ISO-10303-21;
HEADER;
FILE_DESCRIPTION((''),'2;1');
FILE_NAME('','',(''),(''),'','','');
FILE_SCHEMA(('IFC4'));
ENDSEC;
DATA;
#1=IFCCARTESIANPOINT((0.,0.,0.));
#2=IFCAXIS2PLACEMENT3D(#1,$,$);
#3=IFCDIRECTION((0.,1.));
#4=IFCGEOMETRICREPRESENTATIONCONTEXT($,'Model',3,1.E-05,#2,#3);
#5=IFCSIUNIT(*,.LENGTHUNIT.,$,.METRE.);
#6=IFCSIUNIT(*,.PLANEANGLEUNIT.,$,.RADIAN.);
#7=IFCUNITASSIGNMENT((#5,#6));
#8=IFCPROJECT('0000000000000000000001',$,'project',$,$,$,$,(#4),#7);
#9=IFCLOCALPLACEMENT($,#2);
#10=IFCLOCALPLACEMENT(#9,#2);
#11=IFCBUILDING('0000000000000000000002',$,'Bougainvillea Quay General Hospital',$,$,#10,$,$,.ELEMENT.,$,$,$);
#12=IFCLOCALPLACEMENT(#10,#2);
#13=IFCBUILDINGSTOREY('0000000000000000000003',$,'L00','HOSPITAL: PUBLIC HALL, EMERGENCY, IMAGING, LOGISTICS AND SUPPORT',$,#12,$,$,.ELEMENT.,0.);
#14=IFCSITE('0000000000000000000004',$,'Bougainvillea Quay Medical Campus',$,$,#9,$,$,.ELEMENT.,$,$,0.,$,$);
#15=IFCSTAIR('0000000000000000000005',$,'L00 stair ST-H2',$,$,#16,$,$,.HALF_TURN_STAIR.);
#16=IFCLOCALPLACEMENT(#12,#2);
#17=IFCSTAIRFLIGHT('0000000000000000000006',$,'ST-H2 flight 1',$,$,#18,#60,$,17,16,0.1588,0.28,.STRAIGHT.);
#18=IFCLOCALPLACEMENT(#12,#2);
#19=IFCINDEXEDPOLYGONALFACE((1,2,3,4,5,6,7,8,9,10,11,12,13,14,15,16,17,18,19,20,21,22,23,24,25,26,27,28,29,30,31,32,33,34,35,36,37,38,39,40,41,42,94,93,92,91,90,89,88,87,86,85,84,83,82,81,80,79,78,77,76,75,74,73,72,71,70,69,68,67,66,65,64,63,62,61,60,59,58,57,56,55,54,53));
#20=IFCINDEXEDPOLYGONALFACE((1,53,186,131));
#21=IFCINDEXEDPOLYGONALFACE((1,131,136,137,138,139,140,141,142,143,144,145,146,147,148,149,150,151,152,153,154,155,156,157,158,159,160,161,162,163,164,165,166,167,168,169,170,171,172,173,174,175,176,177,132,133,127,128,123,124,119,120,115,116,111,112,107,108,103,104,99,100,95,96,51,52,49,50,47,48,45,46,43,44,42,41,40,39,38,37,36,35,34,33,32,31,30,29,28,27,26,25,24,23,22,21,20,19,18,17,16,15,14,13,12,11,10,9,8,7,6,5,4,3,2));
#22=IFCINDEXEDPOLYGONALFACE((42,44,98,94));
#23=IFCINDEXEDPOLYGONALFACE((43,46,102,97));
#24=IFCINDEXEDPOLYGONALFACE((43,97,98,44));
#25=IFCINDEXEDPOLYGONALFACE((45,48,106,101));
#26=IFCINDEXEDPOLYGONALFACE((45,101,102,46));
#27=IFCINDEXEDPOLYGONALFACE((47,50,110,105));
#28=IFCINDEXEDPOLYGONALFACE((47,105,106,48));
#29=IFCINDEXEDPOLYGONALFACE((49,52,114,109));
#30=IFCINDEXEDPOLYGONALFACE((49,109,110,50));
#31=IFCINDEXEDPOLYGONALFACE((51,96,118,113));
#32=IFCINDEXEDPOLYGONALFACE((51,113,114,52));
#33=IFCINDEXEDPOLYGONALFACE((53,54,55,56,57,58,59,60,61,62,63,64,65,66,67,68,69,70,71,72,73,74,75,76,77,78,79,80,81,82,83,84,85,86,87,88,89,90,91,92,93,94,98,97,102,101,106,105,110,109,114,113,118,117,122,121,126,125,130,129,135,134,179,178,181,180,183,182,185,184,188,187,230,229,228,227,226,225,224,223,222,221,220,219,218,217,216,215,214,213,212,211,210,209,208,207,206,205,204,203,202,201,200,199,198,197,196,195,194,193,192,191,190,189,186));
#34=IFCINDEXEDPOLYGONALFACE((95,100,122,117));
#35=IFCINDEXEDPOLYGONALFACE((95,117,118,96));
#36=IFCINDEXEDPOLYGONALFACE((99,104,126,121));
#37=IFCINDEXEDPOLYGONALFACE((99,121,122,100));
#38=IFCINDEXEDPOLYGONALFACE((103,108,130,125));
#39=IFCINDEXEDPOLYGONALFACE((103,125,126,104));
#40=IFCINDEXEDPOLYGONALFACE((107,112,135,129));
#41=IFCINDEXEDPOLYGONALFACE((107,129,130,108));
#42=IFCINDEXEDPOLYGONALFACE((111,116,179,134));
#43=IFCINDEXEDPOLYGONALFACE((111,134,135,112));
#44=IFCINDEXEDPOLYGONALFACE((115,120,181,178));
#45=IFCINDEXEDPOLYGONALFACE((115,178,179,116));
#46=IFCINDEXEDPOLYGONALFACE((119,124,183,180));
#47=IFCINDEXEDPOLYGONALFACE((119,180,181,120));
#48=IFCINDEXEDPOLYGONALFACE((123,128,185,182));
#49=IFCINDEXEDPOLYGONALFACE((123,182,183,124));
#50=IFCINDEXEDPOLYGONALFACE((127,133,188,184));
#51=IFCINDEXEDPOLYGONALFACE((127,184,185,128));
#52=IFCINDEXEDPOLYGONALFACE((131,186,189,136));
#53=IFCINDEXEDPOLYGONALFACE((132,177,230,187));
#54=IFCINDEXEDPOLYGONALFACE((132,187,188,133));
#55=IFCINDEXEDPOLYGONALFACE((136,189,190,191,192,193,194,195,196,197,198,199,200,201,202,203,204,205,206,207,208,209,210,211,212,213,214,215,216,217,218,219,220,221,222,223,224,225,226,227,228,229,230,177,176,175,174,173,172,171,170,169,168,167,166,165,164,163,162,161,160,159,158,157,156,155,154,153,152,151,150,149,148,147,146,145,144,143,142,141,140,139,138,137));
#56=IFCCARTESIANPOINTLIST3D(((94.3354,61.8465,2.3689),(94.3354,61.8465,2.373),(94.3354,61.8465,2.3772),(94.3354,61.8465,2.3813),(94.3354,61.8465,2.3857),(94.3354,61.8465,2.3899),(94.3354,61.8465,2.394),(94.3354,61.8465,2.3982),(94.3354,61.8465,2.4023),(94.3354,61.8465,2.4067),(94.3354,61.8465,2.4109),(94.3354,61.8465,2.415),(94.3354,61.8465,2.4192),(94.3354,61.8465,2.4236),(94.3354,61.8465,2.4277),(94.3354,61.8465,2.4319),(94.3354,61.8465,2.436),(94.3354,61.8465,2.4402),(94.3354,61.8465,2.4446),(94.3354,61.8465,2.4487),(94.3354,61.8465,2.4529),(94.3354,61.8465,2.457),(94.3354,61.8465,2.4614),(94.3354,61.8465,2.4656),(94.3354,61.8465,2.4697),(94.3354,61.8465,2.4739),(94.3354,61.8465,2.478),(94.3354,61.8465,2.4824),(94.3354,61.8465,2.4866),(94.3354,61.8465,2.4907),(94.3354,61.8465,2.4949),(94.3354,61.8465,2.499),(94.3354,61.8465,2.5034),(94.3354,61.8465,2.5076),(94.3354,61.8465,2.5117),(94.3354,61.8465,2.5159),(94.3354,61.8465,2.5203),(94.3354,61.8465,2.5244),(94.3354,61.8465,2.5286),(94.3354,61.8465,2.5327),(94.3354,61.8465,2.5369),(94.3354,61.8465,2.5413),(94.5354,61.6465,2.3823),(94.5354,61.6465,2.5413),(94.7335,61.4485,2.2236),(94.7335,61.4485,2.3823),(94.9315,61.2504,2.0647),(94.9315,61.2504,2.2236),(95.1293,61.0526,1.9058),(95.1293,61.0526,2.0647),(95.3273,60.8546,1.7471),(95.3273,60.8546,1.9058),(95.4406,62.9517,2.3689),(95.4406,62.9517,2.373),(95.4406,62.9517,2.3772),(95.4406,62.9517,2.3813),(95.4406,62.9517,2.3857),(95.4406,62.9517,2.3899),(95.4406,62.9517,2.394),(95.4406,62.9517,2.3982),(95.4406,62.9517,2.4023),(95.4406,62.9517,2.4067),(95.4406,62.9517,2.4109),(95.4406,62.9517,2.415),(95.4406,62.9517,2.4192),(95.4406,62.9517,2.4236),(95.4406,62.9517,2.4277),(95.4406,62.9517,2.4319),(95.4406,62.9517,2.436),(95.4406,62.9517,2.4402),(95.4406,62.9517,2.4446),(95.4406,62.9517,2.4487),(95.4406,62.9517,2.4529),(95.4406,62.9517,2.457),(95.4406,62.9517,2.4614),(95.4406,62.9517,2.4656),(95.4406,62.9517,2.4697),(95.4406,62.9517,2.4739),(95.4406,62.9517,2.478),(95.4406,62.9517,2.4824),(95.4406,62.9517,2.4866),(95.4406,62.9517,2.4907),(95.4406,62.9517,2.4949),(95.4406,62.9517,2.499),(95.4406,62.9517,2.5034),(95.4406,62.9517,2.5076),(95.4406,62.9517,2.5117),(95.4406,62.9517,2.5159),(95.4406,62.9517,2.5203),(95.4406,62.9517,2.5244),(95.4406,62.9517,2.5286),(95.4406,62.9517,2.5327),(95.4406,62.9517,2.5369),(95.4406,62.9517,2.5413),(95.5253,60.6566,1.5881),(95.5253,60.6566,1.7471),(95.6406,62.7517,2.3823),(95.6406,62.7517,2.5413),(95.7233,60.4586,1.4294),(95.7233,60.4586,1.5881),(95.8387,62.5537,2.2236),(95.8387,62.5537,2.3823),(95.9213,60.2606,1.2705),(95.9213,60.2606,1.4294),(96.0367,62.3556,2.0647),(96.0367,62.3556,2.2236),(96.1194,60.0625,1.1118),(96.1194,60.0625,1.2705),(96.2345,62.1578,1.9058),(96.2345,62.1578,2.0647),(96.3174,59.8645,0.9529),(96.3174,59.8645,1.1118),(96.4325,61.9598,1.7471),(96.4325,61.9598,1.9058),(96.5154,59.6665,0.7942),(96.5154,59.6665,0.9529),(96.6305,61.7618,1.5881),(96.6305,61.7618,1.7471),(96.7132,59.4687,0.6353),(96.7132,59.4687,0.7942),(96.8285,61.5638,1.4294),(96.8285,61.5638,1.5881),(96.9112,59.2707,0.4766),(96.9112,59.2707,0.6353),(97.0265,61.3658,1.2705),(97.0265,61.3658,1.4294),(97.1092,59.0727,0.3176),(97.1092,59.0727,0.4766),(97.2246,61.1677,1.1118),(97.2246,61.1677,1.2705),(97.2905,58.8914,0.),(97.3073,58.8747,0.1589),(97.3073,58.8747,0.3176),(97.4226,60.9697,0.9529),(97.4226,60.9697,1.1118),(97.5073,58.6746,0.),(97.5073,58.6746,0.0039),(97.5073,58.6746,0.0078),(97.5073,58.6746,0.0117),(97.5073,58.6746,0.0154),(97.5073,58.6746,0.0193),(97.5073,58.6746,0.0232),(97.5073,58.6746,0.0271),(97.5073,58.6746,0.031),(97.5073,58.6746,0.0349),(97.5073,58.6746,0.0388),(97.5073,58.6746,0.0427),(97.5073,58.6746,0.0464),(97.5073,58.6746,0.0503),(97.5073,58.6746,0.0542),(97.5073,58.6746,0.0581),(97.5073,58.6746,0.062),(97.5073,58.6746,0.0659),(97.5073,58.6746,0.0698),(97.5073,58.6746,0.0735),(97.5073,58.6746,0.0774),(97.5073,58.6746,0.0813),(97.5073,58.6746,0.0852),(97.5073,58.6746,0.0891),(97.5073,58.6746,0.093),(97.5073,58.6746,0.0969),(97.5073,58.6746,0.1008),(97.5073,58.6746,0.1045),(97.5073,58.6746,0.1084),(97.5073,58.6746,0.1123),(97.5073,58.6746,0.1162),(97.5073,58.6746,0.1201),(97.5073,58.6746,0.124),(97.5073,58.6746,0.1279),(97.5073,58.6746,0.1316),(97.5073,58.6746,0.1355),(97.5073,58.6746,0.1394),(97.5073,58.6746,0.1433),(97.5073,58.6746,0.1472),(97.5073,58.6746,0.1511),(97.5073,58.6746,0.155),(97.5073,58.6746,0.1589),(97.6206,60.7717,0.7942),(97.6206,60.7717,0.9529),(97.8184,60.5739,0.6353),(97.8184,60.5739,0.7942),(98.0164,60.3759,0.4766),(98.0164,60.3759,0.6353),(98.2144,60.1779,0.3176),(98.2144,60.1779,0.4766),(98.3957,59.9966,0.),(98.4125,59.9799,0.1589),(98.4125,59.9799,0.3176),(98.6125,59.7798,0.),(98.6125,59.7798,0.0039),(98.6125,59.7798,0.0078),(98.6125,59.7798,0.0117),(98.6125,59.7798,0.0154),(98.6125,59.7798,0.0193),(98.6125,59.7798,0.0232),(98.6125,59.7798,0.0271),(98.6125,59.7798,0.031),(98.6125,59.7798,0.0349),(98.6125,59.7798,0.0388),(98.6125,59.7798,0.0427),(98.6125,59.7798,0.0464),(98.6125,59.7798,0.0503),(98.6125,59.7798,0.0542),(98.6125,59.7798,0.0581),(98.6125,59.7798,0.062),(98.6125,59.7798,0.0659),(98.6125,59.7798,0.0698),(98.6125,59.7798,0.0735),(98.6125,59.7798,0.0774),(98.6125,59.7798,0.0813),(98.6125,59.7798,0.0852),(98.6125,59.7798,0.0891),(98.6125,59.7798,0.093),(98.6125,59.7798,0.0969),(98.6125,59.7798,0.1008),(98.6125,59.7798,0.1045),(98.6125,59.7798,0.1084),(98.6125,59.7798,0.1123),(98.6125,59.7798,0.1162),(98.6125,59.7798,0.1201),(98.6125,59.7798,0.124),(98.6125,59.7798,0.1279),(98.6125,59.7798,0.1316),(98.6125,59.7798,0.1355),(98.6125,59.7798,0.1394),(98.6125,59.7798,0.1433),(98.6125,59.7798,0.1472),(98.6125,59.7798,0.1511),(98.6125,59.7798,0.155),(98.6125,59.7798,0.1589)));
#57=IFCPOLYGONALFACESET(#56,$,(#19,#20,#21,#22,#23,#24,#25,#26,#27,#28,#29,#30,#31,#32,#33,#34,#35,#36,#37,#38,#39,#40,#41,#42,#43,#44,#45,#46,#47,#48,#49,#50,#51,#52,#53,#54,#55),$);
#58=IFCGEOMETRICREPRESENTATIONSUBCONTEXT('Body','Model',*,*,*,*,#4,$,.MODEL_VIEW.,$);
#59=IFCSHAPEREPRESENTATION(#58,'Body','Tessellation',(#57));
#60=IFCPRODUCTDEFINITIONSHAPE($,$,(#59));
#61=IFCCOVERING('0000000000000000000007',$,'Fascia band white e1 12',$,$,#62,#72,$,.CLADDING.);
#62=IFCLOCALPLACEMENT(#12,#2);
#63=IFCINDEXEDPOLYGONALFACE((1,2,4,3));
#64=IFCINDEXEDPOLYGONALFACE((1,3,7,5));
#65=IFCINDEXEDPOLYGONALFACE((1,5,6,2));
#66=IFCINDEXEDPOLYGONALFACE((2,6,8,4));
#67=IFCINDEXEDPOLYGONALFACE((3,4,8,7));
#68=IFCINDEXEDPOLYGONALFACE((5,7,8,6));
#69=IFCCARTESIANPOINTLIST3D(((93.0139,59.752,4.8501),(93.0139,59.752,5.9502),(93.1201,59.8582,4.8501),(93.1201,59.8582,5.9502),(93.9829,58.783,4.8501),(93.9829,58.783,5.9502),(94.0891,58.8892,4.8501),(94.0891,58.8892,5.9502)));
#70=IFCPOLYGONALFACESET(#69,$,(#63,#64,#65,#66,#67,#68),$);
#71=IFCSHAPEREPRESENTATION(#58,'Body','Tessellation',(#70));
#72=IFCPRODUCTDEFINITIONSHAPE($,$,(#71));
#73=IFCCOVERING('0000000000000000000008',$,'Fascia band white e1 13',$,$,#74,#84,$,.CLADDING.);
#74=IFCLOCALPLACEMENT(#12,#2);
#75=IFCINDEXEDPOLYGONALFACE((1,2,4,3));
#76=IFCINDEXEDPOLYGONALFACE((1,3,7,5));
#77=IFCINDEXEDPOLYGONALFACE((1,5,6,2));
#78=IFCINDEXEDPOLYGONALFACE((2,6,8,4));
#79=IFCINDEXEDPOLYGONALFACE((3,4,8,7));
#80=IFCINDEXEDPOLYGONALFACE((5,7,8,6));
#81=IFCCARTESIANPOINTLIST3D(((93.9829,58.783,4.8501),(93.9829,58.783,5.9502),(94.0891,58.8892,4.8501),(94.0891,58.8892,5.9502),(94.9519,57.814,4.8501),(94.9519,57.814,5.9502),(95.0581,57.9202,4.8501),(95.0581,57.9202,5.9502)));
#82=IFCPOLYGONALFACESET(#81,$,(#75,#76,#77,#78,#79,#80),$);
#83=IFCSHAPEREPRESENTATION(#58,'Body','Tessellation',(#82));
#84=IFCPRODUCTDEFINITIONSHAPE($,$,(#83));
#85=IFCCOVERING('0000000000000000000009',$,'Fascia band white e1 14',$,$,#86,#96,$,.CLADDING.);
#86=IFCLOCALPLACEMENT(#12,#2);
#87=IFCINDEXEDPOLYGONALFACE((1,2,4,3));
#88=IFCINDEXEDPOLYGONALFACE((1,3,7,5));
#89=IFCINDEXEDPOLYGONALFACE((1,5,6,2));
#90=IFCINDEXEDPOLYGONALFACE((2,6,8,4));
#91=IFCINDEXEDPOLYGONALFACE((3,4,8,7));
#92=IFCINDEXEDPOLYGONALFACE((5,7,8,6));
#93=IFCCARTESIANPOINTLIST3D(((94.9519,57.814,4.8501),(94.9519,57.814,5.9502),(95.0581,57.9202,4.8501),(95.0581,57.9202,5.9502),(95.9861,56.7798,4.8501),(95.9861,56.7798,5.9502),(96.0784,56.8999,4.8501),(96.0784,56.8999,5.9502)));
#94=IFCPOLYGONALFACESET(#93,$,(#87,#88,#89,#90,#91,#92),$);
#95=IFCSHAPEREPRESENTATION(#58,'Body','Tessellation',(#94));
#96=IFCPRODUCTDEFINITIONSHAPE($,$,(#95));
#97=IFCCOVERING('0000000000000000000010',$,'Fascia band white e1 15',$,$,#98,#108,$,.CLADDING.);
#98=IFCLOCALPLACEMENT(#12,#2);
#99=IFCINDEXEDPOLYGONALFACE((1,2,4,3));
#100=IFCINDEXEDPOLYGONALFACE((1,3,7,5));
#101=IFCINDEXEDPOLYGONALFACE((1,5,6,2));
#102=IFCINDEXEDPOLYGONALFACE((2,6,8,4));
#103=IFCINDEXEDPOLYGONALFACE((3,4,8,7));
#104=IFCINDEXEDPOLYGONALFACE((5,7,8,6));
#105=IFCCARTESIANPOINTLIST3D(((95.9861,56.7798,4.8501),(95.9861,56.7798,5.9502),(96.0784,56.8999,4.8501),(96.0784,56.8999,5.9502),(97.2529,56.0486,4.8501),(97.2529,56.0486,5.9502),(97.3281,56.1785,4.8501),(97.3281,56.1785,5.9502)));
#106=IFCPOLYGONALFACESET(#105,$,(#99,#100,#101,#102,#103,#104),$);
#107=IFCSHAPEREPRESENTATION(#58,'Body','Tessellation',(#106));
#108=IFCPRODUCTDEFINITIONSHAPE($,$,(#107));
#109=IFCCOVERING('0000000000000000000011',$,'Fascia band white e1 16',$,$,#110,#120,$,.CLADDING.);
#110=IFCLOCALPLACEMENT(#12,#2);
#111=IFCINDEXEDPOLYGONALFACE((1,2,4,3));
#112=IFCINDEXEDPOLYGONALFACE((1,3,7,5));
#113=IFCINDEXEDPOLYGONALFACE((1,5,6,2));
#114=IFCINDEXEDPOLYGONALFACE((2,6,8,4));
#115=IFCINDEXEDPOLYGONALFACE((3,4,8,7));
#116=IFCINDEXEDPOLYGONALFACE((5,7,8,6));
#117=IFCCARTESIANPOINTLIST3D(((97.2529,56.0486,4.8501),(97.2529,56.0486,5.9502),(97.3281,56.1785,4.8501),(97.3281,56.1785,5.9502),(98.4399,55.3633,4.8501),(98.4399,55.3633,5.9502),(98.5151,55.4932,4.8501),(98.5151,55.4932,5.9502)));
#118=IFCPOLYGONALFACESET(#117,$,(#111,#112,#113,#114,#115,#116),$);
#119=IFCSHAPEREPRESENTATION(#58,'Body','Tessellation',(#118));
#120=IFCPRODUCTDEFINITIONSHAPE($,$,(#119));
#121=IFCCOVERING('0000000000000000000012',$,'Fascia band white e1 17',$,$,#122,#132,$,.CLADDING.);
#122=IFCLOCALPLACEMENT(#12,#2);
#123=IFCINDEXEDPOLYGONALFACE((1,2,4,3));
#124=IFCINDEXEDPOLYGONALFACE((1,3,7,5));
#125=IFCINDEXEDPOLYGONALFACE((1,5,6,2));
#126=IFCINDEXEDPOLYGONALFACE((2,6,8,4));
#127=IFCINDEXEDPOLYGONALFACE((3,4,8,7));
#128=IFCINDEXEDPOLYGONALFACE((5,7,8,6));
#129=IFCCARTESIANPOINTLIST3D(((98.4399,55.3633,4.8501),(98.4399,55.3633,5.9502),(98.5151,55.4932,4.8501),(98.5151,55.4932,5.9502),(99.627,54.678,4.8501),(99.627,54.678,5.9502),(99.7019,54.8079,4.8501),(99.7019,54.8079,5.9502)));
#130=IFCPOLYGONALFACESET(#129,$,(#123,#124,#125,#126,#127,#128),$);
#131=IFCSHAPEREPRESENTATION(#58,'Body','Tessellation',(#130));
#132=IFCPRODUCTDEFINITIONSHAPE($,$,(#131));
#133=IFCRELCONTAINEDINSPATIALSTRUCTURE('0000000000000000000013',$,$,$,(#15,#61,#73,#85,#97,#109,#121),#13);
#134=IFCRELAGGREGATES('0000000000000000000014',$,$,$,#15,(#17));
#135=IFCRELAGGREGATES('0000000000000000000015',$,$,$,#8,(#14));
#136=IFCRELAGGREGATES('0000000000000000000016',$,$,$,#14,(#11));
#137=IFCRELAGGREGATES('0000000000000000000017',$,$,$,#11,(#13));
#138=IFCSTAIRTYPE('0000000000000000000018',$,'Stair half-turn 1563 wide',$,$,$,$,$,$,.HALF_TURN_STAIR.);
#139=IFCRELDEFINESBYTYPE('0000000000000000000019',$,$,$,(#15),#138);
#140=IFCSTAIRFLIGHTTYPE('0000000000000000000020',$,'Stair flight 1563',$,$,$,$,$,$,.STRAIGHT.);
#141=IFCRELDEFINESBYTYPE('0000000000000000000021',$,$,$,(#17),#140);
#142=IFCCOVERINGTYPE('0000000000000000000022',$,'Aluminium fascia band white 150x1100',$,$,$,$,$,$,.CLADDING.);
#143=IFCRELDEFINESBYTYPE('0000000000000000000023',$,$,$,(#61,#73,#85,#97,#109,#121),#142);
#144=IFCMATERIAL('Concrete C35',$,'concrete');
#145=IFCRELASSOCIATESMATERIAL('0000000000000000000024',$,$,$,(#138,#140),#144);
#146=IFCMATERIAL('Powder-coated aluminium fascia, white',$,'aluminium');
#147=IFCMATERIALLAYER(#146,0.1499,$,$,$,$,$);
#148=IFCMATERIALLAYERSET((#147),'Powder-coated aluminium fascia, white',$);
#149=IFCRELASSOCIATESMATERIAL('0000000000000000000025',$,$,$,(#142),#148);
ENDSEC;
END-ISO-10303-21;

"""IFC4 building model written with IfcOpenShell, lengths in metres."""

from ifc_helpers import new_model, si_unit, direction, frame, origin, place, context, subcontext, project, spatial, polyline, outline, extrude, material, layer, layer_set, type_object, element, aggregate, save


model = new_model("IFC4")

# Units and contexts
model_context = context("Model", 3, precision=1e-05, world=origin(), true_north=direction((0.0, 1.0)))
body_context = subcontext(model_context, "Body", "Model", "MODEL_VIEW")
ifc_project = project(units=[si_unit("LENGTHUNIT", "METRE"), si_unit("PLANEANGLEUNIT", "RADIAN")], contexts=[model_context])

# Site, building, storey
site_placement = place(None, origin())
site = spatial("IfcSite", under=ifc_project, at=site_placement, Name="Bougainvillea Quay Medical Campus", CompositionType="ELEMENT", RefElevation=0.0)
building_placement = place(site_placement, origin())
building = spatial("IfcBuilding", under=site, at=building_placement, Name="Bougainvillea Quay General Hospital", CompositionType="ELEMENT")
storey_placement = place(building_placement, origin())
storey = spatial("IfcBuildingStorey", under=building, at=storey_placement, Name="L00", Description="HOSPITAL: PUBLIC HALL, EMERGENCY, IMAGING, LOGISTICS AND SUPPORT", CompositionType="ELEMENT", Elevation=0.0)

# Stair, stair flight
ifc_material_1 = material(Name="Concrete C35", Category="concrete")
stair_type = type_object("IfcStairType", Name="Stair half-turn 1563 wide", PredefinedType="HALF_TURN_STAIR", material=ifc_material_1)
stair_placement = place(storey_placement, origin())
stair = element("IfcStair", 1, at=stair_placement, inside=storey, type_object=stair_type, Name="L00 stair ST-H2", PredefinedType="HALF_TURN_STAIR")
stair_flight_type = type_object("IfcStairFlightType", Name="Stair flight 1563", PredefinedType="STRAIGHT", material=ifc_material_1)
stair_flight_placement = place(storey_placement, frame((98.0579, 59.2292, 0.0), z_axis=(0.0, 0.0, 1.0), x_axis=(-0.707107, 0.707107, 0.0)))
stair_flight = element("IfcStairFlight", 2, at=stair_flight_placement, type_object=stair_flight_type, Name="ST-H2 flight 1", NumberOfRisers=17, NumberOfTreads=16, PredefinedType="STRAIGHT", RiserHeight=0.1588, TreadLength=0.28, context=body_context, shape_type="SweptSolid", body=[
    extrude(outline(polyline([(-0.0029, 0.0), (-0.0029, 0.0039), (-0.0029, 0.0078), (-0.0029, 0.0117), (-0.0029, 0.0154), (-0.0029, 0.0193), (-0.0029, 0.0232), (-0.0029, 0.0271), (-0.0029, 0.031), (-0.0029, 0.0349), (-0.0029, 0.0388), (-0.0029, 0.0427), (-0.0029, 0.0464), (-0.0029, 0.0503), (-0.0029, 0.0542), (-0.0029, 0.0581), (-0.0029, 0.062), (-0.0029, 0.0659), (-0.0029, 0.0698), (-0.0029, 0.0735), (-0.0029, 0.0774), (-0.0029, 0.0813), (-0.0029, 0.0852), (-0.0029, 0.0891), (-0.0029, 0.093), (-0.0029, 0.0969), (-0.0029, 0.1008), (-0.0029, 0.1045), (-0.0029, 0.1084), (-0.0029, 0.1123), (-0.0029, 0.1162), (-0.0029, 0.1201), (-0.0029, 0.124), (-0.0029, 0.1279), (-0.0029, 0.1316), (-0.0029, 0.1355), (-0.0029, 0.1394), (-0.0029, 0.1433), (-0.0029, 0.1472), (-0.0029, 0.1511), (-0.0029, 0.155), (-0.0029, 0.1589), (0.28, 0.1589), (0.28, 0.3176), (0.5601, 0.3176), (0.5601, 0.4766), (0.8401, 0.4766), (0.8401, 0.6353), (1.1201, 0.6353), (1.1201, 0.7942), (1.3999, 0.7942), (1.3999, 0.9529), (1.6799, 0.9529), (1.6799, 1.1118), (1.96, 1.1118), (1.96, 1.2705), (2.24, 1.2705), (2.24, 1.4294), (2.52, 1.4294), (2.52, 1.5881), (2.8, 1.5881), (2.8, 1.7471), (3.0801, 1.7471), (3.0801, 1.9058), (3.3601, 1.9058), (3.3601, 2.0647), (3.6399, 2.0647), (3.6399, 2.2236), (3.9199, 2.2236), (3.9199, 2.3823), (4.2, 2.3823), (4.2, 2.5413), (4.4829, 2.5413), (4.4829, 2.5369), (4.4829, 2.5327), (4.4829, 2.5286), (4.4829, 2.5244), (4.4829, 2.5203), (4.4829, 2.5159), (4.4829, 2.5117), (4.4829, 2.5076), (4.4829, 2.5034), (4.4829, 2.499), (4.4829, 2.4949), (4.4829, 2.4907), (4.4829, 2.4866), (4.4829, 2.4824), (4.4829, 2.478), (4.4829, 2.4739), (4.4829, 2.4697), (4.4829, 2.4656), (4.4829, 2.4614), (4.4829, 2.457), (4.4829, 2.4529), (4.4829, 2.4487), (4.4829, 2.4446), (4.4829, 2.4402), (4.4829, 2.436), (4.4829, 2.4319), (4.4829, 2.4277), (4.4829, 2.4236), (4.4829, 2.4192), (4.4829, 2.415), (4.4829, 2.4109), (4.4829, 2.4067), (4.4829, 2.4023), (4.4829, 2.3982), (4.4829, 2.394), (4.4829, 2.3899), (4.4829, 2.3857), (4.4829, 2.3813), (4.4829, 2.3772), (4.4829, 2.373), (4.4829, 2.3689), (0.3037, 0.0), (-0.0029, 0.0)])), frame((0.0, 0.7815, 0.0), z_axis=(0.0, -1.0, 0.0), x_axis=(1.0, 0.0, 0.0)), (0.0, 0.0, 1.0), 1.563),
])
aggregate(stair, [stair_flight])

# Coverings
ifc_material_2 = material(Name="Powder-coated aluminium fascia, white", Category="aluminium")
ifc_layer_1 = layer(ifc_material_2, 0.1499)
ifc_layer_set_1 = layer_set([ifc_layer_1], Name="Powder-coated aluminium fascia, white")
covering_type = type_object("IfcCoveringType", Name="Aluminium fascia band white 150x1100", PredefinedType="CLADDING", material=ifc_layer_set_1)
for number, where, z_axis, x_axis, name in (
    (3, (93.1201, 59.8582, 4.8501), (0.0, 0.0, 1.0), (0.707107, -0.707107, 0.0), "Fascia band white e1 12"),
    (4, (94.0891, 58.8892, 4.8501), (0.0, 0.0, 1.0), (0.707107, -0.707107, 0.0), "Fascia band white e1 13"),
):
    element("IfcCovering", number, at=place(storey_placement, frame(where, z_axis=z_axis, x_axis=x_axis)), inside=storey, type_object=covering_type, Name=name, PredefinedType="CLADDING", context=body_context, shape_type="SweptSolid", body=[
        extrude(outline(polyline([(0.0, 0.0), (1.3704, 0.0), (1.3704, -0.1502), (0.0, -0.1502), (0.0, 0.0)])), origin(), (0.0, 0.0, 1.0), 1.1001),
    ])
covering_1_placement = place(storey_placement, frame((95.0581, 57.9202, 4.8501), z_axis=(0.0, 0.0, 1.0), x_axis=(0.707107, -0.707107, 0.0)))
element("IfcCovering", 5, at=covering_1_placement, inside=storey, type_object=covering_type, Name="Fascia band white e1 14", PredefinedType="CLADDING", context=body_context, shape_type="SweptSolid", body=[
    extrude(outline(polyline([(0.0, 0.0), (1.4429, 0.0), (1.4626, -0.1502), (0.0, -0.1502), (0.0, 0.0)])), origin(), (0.0, 0.0, 1.0), 1.1001),
])
covering_2_placement = place(storey_placement, frame((96.0784, 56.8999, 4.8501), z_axis=(0.0, 0.0, 1.0), x_axis=(0.866059, -0.499942, 0.0)))
element("IfcCovering", 6, at=covering_2_placement, inside=storey, type_object=covering_type, Name="Fascia band white e1 15", PredefinedType="CLADDING", context=body_context, shape_type="SweptSolid", body=[
    extrude(outline(polyline([(0.0, 0.0), (1.443, 0.0), (1.4428, -0.1501), (-0.0199, -0.1502), (0.0, 0.0)])), origin(), (0.0, 0.0, 1.0), 1.1001),
])
covering_3_placement = place(storey_placement, frame((97.3281, 56.1785, 4.8501), z_axis=(0.0, 0.0, 1.0), x_axis=(0.866031, -0.49999, 0.0)))
element("IfcCovering", 7, at=covering_3_placement, inside=storey, type_object=covering_type, Name="Fascia band white e1 16", PredefinedType="CLADDING", context=body_context, shape_type="SweptSolid", body=[
    extrude(outline(polyline([(0.0, 0.0), (1.3706, 0.0), (1.3705, -0.1501), (-0.0002, -0.1501), (0.0, 0.0)])), origin(), (0.0, 0.0, 1.0), 1.1001),
])
covering_4_placement = place(storey_placement, frame((98.5151, 55.4932, 4.8501), z_axis=(0.0, 0.0, 1.0), x_axis=(0.865987, -0.500067, 0.0)))
element("IfcCovering", 8, at=covering_4_placement, inside=storey, type_object=covering_type, Name="Fascia band white e1 17", PredefinedType="CLADDING", context=body_context, shape_type="SweptSolid", body=[
    extrude(outline(polyline([(0.0, 0.0), (1.3704, 0.0), (1.3705, -0.15), (-0.0002, -0.1501), (0.0, 0.0)])), origin(), (0.0, 0.0, 1.0), 1.1001),
])

save(model, "model.ifc")
